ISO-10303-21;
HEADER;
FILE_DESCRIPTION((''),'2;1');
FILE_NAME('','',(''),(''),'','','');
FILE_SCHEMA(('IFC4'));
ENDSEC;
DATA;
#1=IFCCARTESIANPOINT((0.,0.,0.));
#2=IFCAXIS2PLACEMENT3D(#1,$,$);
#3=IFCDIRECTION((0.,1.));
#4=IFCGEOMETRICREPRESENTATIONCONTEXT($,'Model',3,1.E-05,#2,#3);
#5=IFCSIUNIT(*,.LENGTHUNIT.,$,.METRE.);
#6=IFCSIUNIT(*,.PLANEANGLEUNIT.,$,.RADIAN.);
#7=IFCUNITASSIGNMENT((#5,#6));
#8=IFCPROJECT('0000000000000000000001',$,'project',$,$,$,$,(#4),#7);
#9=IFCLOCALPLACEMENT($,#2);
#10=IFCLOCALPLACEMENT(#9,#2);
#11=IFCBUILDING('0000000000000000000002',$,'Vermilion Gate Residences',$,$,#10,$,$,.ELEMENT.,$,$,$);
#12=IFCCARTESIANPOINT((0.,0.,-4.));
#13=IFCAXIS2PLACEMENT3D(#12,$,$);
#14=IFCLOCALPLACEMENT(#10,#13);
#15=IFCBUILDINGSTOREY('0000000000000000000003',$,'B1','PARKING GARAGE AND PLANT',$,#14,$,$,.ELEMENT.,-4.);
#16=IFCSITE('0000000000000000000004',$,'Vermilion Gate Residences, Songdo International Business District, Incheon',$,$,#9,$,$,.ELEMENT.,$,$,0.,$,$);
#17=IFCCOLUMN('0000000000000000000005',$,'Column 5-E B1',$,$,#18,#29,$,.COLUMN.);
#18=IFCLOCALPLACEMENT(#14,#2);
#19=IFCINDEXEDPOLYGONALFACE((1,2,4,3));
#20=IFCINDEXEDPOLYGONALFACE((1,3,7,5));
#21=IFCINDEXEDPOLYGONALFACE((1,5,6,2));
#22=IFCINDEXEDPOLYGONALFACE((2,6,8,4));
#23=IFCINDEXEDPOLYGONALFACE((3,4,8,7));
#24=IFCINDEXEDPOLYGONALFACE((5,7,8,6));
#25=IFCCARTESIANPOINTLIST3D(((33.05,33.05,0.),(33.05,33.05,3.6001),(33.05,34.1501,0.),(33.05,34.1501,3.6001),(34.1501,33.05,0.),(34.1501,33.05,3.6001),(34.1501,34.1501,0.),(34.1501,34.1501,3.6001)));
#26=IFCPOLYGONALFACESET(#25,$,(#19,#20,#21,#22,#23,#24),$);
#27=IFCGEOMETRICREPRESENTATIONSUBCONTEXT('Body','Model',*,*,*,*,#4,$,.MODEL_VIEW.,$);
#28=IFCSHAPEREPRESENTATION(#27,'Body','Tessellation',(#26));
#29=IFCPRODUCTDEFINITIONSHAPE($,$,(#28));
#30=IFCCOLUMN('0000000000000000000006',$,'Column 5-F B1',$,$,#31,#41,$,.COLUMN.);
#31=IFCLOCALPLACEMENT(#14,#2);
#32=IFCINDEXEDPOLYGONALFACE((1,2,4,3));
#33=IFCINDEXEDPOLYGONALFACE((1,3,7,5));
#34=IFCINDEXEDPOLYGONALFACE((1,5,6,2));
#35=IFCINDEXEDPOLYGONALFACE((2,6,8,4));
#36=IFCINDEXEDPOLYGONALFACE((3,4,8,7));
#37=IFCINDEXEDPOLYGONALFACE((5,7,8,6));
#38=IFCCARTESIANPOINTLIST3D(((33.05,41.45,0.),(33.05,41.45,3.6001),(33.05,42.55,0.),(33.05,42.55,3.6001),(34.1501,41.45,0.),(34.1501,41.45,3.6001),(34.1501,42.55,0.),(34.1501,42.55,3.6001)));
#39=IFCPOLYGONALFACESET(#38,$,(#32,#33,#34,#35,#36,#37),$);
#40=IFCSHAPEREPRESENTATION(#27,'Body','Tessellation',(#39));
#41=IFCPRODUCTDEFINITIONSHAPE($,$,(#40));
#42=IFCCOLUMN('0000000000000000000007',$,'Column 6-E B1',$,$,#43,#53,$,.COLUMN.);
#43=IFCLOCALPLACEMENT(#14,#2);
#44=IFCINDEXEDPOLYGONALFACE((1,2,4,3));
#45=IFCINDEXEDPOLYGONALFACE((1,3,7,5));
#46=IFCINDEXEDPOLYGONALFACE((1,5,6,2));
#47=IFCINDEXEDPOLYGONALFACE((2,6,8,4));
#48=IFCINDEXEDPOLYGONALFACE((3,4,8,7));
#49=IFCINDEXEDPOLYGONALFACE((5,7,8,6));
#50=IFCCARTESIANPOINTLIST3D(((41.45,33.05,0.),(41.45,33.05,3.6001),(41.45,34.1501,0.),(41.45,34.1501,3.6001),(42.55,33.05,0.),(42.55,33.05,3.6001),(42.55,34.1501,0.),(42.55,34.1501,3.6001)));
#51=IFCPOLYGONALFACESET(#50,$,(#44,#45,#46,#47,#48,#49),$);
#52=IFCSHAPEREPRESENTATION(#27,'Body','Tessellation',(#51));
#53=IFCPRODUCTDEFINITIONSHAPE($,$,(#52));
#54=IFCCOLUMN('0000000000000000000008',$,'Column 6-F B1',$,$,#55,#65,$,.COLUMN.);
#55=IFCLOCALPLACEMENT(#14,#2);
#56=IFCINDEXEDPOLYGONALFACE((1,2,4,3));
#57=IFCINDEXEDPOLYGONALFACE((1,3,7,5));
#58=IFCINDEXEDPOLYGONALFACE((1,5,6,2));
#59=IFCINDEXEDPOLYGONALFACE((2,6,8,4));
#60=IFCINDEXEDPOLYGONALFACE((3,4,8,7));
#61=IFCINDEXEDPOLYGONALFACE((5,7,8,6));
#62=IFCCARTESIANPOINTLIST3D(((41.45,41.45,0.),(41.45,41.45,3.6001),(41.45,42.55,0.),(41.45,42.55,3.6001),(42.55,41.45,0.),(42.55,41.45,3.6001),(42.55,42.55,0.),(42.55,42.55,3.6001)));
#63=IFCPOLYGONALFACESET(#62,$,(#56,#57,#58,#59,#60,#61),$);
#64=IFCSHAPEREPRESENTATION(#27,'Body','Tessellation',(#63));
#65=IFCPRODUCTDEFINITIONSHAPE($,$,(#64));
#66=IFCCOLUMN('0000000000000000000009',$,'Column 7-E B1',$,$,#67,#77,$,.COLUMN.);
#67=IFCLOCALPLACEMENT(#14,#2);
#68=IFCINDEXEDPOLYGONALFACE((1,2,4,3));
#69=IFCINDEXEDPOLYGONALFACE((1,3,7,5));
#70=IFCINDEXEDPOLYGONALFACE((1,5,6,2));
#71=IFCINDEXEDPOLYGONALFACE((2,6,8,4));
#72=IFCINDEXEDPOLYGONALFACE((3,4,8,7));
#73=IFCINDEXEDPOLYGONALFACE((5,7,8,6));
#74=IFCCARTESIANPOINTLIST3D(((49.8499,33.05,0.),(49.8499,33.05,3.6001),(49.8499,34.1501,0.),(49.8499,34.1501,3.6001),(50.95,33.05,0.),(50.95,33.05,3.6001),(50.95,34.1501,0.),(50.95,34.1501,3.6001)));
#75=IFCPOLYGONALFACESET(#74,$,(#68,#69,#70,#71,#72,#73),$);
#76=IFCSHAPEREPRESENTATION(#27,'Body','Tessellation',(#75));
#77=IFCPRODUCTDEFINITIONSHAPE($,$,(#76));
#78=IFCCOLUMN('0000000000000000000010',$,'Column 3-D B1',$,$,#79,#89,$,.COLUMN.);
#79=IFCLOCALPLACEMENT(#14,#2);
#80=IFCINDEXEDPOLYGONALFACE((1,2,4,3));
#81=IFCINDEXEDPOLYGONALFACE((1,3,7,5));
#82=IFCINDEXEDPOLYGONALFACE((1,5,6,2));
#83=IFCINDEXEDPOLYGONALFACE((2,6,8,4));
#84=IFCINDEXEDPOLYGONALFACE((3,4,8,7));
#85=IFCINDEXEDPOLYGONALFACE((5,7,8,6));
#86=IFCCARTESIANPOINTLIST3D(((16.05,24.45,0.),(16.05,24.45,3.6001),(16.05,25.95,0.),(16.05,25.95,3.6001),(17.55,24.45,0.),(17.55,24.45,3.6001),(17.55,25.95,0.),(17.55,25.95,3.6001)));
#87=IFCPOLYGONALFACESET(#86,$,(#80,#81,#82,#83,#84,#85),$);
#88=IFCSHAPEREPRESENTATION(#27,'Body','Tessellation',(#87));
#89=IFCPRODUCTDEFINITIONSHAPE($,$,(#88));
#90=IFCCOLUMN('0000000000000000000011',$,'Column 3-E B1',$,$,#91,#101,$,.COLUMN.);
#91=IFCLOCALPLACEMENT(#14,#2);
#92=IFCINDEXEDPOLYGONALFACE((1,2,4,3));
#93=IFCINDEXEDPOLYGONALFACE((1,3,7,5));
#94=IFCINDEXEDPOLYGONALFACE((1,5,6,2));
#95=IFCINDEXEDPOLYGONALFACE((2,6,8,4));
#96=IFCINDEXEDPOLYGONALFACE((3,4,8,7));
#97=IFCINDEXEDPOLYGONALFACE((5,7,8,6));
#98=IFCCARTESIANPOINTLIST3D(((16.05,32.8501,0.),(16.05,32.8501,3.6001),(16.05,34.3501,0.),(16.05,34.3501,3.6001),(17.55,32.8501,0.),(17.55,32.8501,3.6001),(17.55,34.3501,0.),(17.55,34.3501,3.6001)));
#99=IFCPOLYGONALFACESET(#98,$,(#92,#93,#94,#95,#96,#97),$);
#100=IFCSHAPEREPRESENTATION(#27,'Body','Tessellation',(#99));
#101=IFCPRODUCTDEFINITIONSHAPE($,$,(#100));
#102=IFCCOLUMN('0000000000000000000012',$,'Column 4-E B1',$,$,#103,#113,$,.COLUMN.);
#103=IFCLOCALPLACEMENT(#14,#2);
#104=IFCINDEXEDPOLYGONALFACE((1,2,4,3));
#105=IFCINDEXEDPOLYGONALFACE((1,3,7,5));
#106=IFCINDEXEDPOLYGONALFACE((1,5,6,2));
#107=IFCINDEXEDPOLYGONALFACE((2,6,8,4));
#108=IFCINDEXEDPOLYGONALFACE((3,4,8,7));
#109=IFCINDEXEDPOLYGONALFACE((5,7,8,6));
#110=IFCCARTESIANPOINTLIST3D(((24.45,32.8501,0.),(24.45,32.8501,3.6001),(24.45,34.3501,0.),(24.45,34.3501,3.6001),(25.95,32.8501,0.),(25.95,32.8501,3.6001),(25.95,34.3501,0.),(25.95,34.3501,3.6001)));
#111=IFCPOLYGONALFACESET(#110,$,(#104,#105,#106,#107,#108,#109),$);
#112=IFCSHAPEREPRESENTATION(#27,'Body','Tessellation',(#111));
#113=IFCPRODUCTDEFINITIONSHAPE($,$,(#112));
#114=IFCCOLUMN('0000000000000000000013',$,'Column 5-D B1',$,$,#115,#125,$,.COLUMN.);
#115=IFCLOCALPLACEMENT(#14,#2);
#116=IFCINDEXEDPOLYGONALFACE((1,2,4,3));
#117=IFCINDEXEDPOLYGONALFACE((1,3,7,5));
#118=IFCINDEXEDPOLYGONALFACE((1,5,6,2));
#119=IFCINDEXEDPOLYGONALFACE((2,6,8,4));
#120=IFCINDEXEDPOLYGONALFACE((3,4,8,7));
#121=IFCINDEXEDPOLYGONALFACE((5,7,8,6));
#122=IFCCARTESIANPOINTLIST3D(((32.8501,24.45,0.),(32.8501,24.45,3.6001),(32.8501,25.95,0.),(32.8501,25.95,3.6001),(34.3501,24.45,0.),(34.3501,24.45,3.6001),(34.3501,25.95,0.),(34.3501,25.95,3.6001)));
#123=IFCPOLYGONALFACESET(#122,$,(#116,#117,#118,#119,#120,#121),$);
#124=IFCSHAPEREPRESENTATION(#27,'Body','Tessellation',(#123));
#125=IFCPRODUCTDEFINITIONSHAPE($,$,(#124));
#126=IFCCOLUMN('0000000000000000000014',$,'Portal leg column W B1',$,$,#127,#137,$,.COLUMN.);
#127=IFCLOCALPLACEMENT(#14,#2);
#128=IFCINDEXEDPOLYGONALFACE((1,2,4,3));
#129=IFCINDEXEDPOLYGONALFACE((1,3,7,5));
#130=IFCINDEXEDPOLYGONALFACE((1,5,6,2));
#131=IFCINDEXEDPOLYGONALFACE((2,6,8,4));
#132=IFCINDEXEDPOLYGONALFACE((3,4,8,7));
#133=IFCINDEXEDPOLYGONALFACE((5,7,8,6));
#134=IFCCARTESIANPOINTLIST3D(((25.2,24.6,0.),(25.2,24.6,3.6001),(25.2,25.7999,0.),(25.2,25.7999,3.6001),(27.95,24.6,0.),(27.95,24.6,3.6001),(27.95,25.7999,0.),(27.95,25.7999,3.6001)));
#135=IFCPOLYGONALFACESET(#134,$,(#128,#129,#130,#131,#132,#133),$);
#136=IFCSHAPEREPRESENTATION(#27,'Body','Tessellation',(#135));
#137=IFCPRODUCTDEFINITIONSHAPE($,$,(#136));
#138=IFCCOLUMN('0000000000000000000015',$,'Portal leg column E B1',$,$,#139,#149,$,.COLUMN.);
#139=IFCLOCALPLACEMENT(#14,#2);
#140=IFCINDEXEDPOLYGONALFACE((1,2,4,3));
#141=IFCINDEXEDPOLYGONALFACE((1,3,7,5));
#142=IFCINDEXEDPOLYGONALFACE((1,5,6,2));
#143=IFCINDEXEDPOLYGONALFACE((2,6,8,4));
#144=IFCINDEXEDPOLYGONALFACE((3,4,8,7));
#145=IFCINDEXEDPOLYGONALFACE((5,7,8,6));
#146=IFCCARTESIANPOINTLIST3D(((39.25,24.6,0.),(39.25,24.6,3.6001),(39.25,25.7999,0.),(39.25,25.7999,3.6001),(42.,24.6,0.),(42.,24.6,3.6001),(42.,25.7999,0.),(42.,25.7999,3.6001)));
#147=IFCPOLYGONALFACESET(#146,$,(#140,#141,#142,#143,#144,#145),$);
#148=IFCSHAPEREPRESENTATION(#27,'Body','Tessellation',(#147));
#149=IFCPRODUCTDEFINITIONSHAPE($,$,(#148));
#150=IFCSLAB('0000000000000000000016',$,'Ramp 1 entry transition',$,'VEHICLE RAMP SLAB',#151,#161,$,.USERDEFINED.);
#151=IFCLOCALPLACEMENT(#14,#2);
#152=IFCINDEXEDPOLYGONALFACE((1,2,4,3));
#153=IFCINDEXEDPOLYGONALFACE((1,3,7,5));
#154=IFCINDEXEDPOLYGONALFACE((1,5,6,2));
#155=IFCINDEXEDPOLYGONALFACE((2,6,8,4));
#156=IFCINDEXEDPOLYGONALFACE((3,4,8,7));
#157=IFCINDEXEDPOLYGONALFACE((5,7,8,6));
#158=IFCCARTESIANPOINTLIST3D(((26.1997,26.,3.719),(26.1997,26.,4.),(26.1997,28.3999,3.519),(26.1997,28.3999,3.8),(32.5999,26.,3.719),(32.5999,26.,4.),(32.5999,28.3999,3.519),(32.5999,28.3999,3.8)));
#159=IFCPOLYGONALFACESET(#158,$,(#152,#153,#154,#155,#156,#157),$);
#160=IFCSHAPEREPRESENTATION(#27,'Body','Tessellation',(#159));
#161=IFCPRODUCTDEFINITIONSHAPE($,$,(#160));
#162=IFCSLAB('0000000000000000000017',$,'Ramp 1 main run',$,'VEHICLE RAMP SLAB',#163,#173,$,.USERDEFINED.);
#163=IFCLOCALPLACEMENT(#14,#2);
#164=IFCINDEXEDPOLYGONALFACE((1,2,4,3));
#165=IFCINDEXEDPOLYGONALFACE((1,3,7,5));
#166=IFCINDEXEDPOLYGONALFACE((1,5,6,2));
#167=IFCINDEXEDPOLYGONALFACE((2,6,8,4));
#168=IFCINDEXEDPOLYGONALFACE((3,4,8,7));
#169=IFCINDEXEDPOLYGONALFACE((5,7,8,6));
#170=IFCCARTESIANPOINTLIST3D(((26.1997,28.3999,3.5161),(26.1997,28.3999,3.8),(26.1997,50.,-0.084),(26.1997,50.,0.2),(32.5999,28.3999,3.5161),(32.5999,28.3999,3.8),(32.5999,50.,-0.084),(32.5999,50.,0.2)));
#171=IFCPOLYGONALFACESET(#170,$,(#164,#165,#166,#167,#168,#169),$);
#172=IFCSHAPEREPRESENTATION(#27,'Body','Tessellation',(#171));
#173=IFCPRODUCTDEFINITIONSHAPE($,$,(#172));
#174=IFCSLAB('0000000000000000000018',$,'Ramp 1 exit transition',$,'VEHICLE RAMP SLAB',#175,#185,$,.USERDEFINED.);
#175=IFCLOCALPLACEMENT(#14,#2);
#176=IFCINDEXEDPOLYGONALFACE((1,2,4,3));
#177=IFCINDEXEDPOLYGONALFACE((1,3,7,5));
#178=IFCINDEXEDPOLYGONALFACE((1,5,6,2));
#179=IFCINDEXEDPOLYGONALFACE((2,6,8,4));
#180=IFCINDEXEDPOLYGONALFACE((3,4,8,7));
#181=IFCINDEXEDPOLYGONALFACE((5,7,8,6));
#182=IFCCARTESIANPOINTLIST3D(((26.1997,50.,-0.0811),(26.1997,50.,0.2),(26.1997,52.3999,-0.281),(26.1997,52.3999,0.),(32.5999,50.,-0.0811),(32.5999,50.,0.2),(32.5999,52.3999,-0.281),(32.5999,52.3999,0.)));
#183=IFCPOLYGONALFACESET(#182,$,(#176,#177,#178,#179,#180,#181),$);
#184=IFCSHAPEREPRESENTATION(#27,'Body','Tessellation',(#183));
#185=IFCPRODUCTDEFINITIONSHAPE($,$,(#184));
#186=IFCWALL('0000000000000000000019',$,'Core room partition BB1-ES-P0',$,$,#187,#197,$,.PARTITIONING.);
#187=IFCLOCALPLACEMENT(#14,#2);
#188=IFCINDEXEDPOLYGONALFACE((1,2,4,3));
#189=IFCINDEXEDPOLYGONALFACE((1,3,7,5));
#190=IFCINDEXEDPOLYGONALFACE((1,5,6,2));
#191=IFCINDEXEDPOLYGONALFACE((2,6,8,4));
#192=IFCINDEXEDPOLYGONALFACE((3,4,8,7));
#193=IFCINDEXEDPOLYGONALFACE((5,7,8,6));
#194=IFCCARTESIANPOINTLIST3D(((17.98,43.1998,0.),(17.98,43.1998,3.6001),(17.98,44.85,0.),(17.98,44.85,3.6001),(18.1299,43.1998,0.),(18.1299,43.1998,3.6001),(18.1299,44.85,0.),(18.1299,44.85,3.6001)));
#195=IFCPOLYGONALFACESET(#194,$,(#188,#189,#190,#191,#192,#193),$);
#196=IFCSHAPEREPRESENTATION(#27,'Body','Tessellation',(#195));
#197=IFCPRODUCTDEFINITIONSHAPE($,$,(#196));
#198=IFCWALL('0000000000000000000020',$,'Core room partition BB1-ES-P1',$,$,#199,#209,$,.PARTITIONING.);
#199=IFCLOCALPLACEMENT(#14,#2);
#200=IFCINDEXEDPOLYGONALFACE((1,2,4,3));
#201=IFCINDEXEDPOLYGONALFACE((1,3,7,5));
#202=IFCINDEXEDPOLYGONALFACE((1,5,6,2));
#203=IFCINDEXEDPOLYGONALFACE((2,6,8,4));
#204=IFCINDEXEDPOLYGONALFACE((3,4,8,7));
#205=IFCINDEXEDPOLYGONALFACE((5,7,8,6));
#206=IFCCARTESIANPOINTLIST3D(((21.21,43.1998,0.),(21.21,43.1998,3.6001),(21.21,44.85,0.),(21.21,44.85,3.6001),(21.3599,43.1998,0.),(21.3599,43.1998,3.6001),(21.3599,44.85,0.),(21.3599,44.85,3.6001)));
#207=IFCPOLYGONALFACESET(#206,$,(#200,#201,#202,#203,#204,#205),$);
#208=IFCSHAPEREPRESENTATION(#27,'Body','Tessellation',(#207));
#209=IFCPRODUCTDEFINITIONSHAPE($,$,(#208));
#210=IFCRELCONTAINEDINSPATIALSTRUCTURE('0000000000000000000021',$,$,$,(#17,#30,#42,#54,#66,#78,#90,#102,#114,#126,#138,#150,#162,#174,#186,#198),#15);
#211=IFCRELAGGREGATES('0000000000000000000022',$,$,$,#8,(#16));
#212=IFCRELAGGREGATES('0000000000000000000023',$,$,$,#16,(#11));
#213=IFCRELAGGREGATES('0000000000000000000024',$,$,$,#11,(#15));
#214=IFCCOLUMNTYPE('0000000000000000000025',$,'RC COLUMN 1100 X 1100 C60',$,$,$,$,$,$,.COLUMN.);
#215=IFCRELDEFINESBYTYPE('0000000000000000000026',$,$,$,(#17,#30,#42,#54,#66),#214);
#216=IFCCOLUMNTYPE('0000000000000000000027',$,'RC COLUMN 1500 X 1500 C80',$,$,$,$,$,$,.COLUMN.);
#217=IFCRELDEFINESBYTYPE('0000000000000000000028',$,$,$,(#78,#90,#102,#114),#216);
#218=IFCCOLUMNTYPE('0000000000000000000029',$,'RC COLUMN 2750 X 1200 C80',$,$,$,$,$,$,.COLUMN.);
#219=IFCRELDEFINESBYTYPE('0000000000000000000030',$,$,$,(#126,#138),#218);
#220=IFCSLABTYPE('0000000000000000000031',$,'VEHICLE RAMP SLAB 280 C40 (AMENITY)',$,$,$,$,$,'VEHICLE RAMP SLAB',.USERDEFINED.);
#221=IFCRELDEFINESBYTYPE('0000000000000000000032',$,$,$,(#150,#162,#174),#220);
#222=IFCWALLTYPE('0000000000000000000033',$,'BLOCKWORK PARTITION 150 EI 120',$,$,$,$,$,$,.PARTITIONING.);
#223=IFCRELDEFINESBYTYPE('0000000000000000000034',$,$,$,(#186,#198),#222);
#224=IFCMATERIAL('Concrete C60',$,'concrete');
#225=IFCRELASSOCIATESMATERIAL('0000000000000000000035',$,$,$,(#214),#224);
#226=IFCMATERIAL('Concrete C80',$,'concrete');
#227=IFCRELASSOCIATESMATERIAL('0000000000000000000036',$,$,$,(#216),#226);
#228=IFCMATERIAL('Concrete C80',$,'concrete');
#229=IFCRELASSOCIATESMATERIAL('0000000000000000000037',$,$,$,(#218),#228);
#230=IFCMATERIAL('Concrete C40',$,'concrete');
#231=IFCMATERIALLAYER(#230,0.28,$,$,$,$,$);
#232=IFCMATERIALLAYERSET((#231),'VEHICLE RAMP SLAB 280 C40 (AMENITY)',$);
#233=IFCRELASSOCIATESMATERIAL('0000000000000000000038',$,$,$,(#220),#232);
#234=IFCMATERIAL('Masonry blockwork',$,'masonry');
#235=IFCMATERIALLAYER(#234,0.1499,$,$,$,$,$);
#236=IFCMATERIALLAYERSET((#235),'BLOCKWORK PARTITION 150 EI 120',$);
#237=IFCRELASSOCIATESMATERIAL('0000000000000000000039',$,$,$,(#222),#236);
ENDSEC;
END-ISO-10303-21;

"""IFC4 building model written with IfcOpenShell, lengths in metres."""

from ifc_helpers import new_model, si_unit, direction, frame, frame_2d, origin, origin_2d, place, context, subcontext, project, spatial, polyline, rectangle, outline, extrude, material, layer, layer_set, material_profile, profile_set, type_object, element, save


model = new_model("IFC4")

# Units and contexts
model_context = context("Model", 3, precision=1e-05, world=origin(), true_north=direction((0.0, 1.0)))
body_context = subcontext(model_context, "Body", "Model", "MODEL_VIEW")
ifc_project = project(units=[si_unit("LENGTHUNIT", "METRE"), si_unit("PLANEANGLEUNIT", "RADIAN")], contexts=[model_context])

# Site, building, storey
site_placement = place(None, origin())
site = spatial("IfcSite", under=ifc_project, at=site_placement, Name="Vermilion Gate Residences, Songdo International Business District, Incheon", CompositionType="ELEMENT", RefElevation=0.0)
building_placement = place(site_placement, origin())
building = spatial("IfcBuilding", under=site, at=building_placement, Name="Vermilion Gate Residences", CompositionType="ELEMENT")
storey_placement = place(building_placement, frame((0.0, 0.0, -4.0)))
storey = spatial("IfcBuildingStorey", under=building, at=storey_placement, Name="B1", Description="PARKING GARAGE AND PLANT", CompositionType="ELEMENT", Elevation=-4.0)

# Columns
ifc_material_1 = material(Name="Concrete C60", Category="concrete")
ifc_material_profile_1 = material_profile(ifc_material_1, rectangle(XDim=1.1001, YDim=1.1001, at=origin_2d()), Name="RC-1100x1100")
ifc_profile_set_1 = profile_set([ifc_material_profile_1], Name="Concrete C60")
column_type_1 = type_object("IfcColumnType", Name="RC COLUMN 1100 X 1100 C60", PredefinedType="COLUMN", material=ifc_profile_set_1)
for number, where, z_axis, x_axis, name in (
    (1, (33.6001, 33.6001, 0.0), (0.0, 0.0, 1.0), (1.0, 0.0, 0.0), "Column 5-E B1"),
    (2, (33.6001, 42.0, 0.0), (0.0, 0.0, 1.0), (1.0, 0.0, 0.0), "Column 5-F B1"),
    (3, (42.0, 33.6001, 0.0), (0.0, 0.0, 1.0), (1.0, 0.0, 0.0), "Column 6-E B1"),
    (4, (42.0, 42.0, 0.0), (0.0, 0.0, 1.0), (1.0, 0.0, 0.0), "Column 6-F B1"),
    (5, (50.3999, 33.6001, 0.0), (0.0, 0.0, 1.0), (1.0, 0.0, 0.0), "Column 7-E B1"),
):
    element("IfcColumn", number, at=place(storey_placement, frame(where, z_axis=z_axis, x_axis=x_axis)), inside=storey, type_object=column_type_1, Name=name, PredefinedType="COLUMN", context=body_context, shape_type="SweptSolid", body=[
        extrude(rectangle(XDim=1.1001, YDim=1.1001, at=origin_2d()), origin(), (0.0, 0.0, 1.0), 3.6001),
    ])
ifc_material_2 = material(Name="Concrete C80", Category="concrete")
ifc_material_profile_2 = material_profile(ifc_material_2, rectangle(XDim=1.5, YDim=1.5, at=origin_2d()), Name="RC-1500x1500")
ifc_profile_set_2 = profile_set([ifc_material_profile_2], Name="Concrete C80")
column_type_2 = type_object("IfcColumnType", Name="RC COLUMN 1500 X 1500 C80", PredefinedType="COLUMN", material=ifc_profile_set_2)
for number, where, z_axis, x_axis, name in (
    (6, (16.8, 25.2, 0.0), (0.0, 0.0, 1.0), (1.0, 0.0, 0.0), "Column 3-D B1"),
    (7, (16.8, 33.6001, 0.0), (0.0, 0.0, 1.0), (1.0, 0.0, 0.0), "Column 3-E B1"),
    (8, (25.2, 33.6001, 0.0), (0.0, 0.0, 1.0), (1.0, 0.0, 0.0), "Column 4-E B1"),
    (9, (33.6001, 25.2, 0.0), (0.0, 0.0, 1.0), (1.0, 0.0, 0.0), "Column 5-D B1"),
):
    element("IfcColumn", number, at=place(storey_placement, frame(where, z_axis=z_axis, x_axis=x_axis)), inside=storey, type_object=column_type_2, Name=name, PredefinedType="COLUMN", context=body_context, shape_type="SweptSolid", body=[
        extrude(rectangle(XDim=1.5, YDim=1.5, at=origin_2d()), origin(), (0.0, 0.0, 1.0), 3.6001),
    ])
ifc_material_3 = material(Name="Concrete C80", Category="concrete")
ifc_material_profile_3 = material_profile(ifc_material_3, rectangle(XDim=2.75, YDim=1.2, at=origin_2d()), Name="RC-2750x1200")
ifc_profile_set_3 = profile_set([ifc_material_profile_3], Name="Concrete C80")
column_type_3 = type_object("IfcColumnType", Name="RC COLUMN 2750 X 1200 C80", PredefinedType="COLUMN", material=ifc_profile_set_3)
for number, where, z_axis, x_axis, name in (
    (10, (26.575, 25.2, 0.0), (0.0, 0.0, 1.0), (1.0, 0.0, 0.0), "Portal leg column W B1"),
    (11, (40.625, 25.2, 0.0), (0.0, 0.0, 1.0), (1.0, 0.0, 0.0), "Portal leg column E B1"),
):
    element("IfcColumn", number, at=place(storey_placement, frame(where, z_axis=z_axis, x_axis=x_axis)), inside=storey, type_object=column_type_3, Name=name, PredefinedType="COLUMN", context=body_context, shape_type="SweptSolid", body=[
        extrude(rectangle(XDim=2.75, YDim=1.2, at=origin_2d()), origin(), (0.0, 0.0, 1.0), 3.6001),
    ])

# Slabs
ifc_material_4 = material(Name="Concrete C40", Category="concrete")
ifc_layer_1 = layer(ifc_material_4, 0.28)
ifc_layer_set_1 = layer_set([ifc_layer_1], Name="VEHICLE RAMP SLAB 280 C40 (AMENITY)")
slab_type = type_object("IfcSlabType", Name="VEHICLE RAMP SLAB 280 C40 (AMENITY)", ElementType="VEHICLE RAMP SLAB", PredefinedType="USERDEFINED", material=ifc_layer_set_1)
slab_1_placement = place(storey_placement, frame((29.3999, 26.0, 4.0), z_axis=(0.0, 0.0, 1.0), x_axis=(0.0, 1.0, 0.0)))
element("IfcSlab", 12, at=slab_1_placement, inside=storey, type_object=slab_type, Name="Ramp 1 entry transition", ObjectType="VEHICLE RAMP SLAB", PredefinedType="USERDEFINED", context=body_context, shape_type="SweptSolid", body=[
    extrude(outline(polyline([(0.0, 0.0), (2.3999, -0.2), (2.3999, -0.481), (0.0, -0.281), (0.0, 0.0)])), frame((0.0, 3.2002, 0.0), z_axis=(0.0, -1.0, 0.0), x_axis=(1.0, 0.0, 0.0)), (0.0, 0.0, 1.0), 6.4001),
])
slab_2_placement = place(storey_placement, frame((29.3999, 28.3999, 3.8), z_axis=(0.0, 0.0, 1.0), x_axis=(0.0, 1.0, 0.0)))
element("IfcSlab", 13, at=slab_2_placement, inside=storey, type_object=slab_type, Name="Ramp 1 main run", ObjectType="VEHICLE RAMP SLAB", PredefinedType="USERDEFINED", context=body_context, shape_type="SweptSolid", body=[
    extrude(outline(polyline([(0.0, 0.0), (21.6001, -3.6001), (21.6001, -3.884), (0.0, -0.2839), (0.0, 0.0)])), frame((0.0, 3.2002, 0.0), z_axis=(0.0, -1.0, 0.0), x_axis=(1.0, 0.0, 0.0)), (0.0, 0.0, 1.0), 6.4001),
])
slab_3_placement = place(storey_placement, frame((29.3999, 50.0, 0.2), z_axis=(0.0, 0.0, 1.0), x_axis=(0.0, 1.0, 0.0)))
element("IfcSlab", 14, at=slab_3_placement, inside=storey, type_object=slab_type, Name="Ramp 1 exit transition", ObjectType="VEHICLE RAMP SLAB", PredefinedType="USERDEFINED", context=body_context, shape_type="SweptSolid", body=[
    extrude(outline(polyline([(0.0, 0.0), (2.3999, -0.2), (2.3999, -0.481), (0.0, -0.281), (0.0, 0.0)])), frame((0.0, 3.2002, 0.0), z_axis=(0.0, -1.0, 0.0), x_axis=(1.0, 0.0, 0.0)), (0.0, 0.0, 1.0), 6.4001),
])

# Walls
ifc_material_5 = material(Name="Masonry blockwork", Category="masonry")
ifc_layer_2 = layer(ifc_material_5, 0.1499)
ifc_layer_set_2 = layer_set([ifc_layer_2], Name="BLOCKWORK PARTITION 150 EI 120")
wall_type_1 = type_object("IfcWallType", Name="BLOCKWORK PARTITION 150 EI 120", PredefinedType="PARTITIONING", material=ifc_layer_set_2)
for number, where, z_axis, x_axis, name in (
    (15, (18.0549, 44.8501, 0.0), (0.0, 0.0, 1.0), (0.0, -1.0, 0.0), "Core room partition BB1-ES-P0"),
    (16, (21.2849, 44.8501, 0.0), (0.0, 0.0, 1.0), (0.0, -1.0, 0.0), "Core room partition BB1-ES-P1"),
):
    element("IfcWall", number, at=place(storey_placement, frame(where, z_axis=z_axis, x_axis=x_axis)), inside=storey, type_object=wall_type_1, Name=name, PredefinedType="PARTITIONING", context=body_context, shape_type="SweptSolid", body=[
        extrude(rectangle(XDim=1.6501, YDim=0.1499, at=frame_2d((0.8252, 0.0))), origin(), (0.0, 0.0, 1.0), 3.6001),
    ])

save(model, "model.ifc")
